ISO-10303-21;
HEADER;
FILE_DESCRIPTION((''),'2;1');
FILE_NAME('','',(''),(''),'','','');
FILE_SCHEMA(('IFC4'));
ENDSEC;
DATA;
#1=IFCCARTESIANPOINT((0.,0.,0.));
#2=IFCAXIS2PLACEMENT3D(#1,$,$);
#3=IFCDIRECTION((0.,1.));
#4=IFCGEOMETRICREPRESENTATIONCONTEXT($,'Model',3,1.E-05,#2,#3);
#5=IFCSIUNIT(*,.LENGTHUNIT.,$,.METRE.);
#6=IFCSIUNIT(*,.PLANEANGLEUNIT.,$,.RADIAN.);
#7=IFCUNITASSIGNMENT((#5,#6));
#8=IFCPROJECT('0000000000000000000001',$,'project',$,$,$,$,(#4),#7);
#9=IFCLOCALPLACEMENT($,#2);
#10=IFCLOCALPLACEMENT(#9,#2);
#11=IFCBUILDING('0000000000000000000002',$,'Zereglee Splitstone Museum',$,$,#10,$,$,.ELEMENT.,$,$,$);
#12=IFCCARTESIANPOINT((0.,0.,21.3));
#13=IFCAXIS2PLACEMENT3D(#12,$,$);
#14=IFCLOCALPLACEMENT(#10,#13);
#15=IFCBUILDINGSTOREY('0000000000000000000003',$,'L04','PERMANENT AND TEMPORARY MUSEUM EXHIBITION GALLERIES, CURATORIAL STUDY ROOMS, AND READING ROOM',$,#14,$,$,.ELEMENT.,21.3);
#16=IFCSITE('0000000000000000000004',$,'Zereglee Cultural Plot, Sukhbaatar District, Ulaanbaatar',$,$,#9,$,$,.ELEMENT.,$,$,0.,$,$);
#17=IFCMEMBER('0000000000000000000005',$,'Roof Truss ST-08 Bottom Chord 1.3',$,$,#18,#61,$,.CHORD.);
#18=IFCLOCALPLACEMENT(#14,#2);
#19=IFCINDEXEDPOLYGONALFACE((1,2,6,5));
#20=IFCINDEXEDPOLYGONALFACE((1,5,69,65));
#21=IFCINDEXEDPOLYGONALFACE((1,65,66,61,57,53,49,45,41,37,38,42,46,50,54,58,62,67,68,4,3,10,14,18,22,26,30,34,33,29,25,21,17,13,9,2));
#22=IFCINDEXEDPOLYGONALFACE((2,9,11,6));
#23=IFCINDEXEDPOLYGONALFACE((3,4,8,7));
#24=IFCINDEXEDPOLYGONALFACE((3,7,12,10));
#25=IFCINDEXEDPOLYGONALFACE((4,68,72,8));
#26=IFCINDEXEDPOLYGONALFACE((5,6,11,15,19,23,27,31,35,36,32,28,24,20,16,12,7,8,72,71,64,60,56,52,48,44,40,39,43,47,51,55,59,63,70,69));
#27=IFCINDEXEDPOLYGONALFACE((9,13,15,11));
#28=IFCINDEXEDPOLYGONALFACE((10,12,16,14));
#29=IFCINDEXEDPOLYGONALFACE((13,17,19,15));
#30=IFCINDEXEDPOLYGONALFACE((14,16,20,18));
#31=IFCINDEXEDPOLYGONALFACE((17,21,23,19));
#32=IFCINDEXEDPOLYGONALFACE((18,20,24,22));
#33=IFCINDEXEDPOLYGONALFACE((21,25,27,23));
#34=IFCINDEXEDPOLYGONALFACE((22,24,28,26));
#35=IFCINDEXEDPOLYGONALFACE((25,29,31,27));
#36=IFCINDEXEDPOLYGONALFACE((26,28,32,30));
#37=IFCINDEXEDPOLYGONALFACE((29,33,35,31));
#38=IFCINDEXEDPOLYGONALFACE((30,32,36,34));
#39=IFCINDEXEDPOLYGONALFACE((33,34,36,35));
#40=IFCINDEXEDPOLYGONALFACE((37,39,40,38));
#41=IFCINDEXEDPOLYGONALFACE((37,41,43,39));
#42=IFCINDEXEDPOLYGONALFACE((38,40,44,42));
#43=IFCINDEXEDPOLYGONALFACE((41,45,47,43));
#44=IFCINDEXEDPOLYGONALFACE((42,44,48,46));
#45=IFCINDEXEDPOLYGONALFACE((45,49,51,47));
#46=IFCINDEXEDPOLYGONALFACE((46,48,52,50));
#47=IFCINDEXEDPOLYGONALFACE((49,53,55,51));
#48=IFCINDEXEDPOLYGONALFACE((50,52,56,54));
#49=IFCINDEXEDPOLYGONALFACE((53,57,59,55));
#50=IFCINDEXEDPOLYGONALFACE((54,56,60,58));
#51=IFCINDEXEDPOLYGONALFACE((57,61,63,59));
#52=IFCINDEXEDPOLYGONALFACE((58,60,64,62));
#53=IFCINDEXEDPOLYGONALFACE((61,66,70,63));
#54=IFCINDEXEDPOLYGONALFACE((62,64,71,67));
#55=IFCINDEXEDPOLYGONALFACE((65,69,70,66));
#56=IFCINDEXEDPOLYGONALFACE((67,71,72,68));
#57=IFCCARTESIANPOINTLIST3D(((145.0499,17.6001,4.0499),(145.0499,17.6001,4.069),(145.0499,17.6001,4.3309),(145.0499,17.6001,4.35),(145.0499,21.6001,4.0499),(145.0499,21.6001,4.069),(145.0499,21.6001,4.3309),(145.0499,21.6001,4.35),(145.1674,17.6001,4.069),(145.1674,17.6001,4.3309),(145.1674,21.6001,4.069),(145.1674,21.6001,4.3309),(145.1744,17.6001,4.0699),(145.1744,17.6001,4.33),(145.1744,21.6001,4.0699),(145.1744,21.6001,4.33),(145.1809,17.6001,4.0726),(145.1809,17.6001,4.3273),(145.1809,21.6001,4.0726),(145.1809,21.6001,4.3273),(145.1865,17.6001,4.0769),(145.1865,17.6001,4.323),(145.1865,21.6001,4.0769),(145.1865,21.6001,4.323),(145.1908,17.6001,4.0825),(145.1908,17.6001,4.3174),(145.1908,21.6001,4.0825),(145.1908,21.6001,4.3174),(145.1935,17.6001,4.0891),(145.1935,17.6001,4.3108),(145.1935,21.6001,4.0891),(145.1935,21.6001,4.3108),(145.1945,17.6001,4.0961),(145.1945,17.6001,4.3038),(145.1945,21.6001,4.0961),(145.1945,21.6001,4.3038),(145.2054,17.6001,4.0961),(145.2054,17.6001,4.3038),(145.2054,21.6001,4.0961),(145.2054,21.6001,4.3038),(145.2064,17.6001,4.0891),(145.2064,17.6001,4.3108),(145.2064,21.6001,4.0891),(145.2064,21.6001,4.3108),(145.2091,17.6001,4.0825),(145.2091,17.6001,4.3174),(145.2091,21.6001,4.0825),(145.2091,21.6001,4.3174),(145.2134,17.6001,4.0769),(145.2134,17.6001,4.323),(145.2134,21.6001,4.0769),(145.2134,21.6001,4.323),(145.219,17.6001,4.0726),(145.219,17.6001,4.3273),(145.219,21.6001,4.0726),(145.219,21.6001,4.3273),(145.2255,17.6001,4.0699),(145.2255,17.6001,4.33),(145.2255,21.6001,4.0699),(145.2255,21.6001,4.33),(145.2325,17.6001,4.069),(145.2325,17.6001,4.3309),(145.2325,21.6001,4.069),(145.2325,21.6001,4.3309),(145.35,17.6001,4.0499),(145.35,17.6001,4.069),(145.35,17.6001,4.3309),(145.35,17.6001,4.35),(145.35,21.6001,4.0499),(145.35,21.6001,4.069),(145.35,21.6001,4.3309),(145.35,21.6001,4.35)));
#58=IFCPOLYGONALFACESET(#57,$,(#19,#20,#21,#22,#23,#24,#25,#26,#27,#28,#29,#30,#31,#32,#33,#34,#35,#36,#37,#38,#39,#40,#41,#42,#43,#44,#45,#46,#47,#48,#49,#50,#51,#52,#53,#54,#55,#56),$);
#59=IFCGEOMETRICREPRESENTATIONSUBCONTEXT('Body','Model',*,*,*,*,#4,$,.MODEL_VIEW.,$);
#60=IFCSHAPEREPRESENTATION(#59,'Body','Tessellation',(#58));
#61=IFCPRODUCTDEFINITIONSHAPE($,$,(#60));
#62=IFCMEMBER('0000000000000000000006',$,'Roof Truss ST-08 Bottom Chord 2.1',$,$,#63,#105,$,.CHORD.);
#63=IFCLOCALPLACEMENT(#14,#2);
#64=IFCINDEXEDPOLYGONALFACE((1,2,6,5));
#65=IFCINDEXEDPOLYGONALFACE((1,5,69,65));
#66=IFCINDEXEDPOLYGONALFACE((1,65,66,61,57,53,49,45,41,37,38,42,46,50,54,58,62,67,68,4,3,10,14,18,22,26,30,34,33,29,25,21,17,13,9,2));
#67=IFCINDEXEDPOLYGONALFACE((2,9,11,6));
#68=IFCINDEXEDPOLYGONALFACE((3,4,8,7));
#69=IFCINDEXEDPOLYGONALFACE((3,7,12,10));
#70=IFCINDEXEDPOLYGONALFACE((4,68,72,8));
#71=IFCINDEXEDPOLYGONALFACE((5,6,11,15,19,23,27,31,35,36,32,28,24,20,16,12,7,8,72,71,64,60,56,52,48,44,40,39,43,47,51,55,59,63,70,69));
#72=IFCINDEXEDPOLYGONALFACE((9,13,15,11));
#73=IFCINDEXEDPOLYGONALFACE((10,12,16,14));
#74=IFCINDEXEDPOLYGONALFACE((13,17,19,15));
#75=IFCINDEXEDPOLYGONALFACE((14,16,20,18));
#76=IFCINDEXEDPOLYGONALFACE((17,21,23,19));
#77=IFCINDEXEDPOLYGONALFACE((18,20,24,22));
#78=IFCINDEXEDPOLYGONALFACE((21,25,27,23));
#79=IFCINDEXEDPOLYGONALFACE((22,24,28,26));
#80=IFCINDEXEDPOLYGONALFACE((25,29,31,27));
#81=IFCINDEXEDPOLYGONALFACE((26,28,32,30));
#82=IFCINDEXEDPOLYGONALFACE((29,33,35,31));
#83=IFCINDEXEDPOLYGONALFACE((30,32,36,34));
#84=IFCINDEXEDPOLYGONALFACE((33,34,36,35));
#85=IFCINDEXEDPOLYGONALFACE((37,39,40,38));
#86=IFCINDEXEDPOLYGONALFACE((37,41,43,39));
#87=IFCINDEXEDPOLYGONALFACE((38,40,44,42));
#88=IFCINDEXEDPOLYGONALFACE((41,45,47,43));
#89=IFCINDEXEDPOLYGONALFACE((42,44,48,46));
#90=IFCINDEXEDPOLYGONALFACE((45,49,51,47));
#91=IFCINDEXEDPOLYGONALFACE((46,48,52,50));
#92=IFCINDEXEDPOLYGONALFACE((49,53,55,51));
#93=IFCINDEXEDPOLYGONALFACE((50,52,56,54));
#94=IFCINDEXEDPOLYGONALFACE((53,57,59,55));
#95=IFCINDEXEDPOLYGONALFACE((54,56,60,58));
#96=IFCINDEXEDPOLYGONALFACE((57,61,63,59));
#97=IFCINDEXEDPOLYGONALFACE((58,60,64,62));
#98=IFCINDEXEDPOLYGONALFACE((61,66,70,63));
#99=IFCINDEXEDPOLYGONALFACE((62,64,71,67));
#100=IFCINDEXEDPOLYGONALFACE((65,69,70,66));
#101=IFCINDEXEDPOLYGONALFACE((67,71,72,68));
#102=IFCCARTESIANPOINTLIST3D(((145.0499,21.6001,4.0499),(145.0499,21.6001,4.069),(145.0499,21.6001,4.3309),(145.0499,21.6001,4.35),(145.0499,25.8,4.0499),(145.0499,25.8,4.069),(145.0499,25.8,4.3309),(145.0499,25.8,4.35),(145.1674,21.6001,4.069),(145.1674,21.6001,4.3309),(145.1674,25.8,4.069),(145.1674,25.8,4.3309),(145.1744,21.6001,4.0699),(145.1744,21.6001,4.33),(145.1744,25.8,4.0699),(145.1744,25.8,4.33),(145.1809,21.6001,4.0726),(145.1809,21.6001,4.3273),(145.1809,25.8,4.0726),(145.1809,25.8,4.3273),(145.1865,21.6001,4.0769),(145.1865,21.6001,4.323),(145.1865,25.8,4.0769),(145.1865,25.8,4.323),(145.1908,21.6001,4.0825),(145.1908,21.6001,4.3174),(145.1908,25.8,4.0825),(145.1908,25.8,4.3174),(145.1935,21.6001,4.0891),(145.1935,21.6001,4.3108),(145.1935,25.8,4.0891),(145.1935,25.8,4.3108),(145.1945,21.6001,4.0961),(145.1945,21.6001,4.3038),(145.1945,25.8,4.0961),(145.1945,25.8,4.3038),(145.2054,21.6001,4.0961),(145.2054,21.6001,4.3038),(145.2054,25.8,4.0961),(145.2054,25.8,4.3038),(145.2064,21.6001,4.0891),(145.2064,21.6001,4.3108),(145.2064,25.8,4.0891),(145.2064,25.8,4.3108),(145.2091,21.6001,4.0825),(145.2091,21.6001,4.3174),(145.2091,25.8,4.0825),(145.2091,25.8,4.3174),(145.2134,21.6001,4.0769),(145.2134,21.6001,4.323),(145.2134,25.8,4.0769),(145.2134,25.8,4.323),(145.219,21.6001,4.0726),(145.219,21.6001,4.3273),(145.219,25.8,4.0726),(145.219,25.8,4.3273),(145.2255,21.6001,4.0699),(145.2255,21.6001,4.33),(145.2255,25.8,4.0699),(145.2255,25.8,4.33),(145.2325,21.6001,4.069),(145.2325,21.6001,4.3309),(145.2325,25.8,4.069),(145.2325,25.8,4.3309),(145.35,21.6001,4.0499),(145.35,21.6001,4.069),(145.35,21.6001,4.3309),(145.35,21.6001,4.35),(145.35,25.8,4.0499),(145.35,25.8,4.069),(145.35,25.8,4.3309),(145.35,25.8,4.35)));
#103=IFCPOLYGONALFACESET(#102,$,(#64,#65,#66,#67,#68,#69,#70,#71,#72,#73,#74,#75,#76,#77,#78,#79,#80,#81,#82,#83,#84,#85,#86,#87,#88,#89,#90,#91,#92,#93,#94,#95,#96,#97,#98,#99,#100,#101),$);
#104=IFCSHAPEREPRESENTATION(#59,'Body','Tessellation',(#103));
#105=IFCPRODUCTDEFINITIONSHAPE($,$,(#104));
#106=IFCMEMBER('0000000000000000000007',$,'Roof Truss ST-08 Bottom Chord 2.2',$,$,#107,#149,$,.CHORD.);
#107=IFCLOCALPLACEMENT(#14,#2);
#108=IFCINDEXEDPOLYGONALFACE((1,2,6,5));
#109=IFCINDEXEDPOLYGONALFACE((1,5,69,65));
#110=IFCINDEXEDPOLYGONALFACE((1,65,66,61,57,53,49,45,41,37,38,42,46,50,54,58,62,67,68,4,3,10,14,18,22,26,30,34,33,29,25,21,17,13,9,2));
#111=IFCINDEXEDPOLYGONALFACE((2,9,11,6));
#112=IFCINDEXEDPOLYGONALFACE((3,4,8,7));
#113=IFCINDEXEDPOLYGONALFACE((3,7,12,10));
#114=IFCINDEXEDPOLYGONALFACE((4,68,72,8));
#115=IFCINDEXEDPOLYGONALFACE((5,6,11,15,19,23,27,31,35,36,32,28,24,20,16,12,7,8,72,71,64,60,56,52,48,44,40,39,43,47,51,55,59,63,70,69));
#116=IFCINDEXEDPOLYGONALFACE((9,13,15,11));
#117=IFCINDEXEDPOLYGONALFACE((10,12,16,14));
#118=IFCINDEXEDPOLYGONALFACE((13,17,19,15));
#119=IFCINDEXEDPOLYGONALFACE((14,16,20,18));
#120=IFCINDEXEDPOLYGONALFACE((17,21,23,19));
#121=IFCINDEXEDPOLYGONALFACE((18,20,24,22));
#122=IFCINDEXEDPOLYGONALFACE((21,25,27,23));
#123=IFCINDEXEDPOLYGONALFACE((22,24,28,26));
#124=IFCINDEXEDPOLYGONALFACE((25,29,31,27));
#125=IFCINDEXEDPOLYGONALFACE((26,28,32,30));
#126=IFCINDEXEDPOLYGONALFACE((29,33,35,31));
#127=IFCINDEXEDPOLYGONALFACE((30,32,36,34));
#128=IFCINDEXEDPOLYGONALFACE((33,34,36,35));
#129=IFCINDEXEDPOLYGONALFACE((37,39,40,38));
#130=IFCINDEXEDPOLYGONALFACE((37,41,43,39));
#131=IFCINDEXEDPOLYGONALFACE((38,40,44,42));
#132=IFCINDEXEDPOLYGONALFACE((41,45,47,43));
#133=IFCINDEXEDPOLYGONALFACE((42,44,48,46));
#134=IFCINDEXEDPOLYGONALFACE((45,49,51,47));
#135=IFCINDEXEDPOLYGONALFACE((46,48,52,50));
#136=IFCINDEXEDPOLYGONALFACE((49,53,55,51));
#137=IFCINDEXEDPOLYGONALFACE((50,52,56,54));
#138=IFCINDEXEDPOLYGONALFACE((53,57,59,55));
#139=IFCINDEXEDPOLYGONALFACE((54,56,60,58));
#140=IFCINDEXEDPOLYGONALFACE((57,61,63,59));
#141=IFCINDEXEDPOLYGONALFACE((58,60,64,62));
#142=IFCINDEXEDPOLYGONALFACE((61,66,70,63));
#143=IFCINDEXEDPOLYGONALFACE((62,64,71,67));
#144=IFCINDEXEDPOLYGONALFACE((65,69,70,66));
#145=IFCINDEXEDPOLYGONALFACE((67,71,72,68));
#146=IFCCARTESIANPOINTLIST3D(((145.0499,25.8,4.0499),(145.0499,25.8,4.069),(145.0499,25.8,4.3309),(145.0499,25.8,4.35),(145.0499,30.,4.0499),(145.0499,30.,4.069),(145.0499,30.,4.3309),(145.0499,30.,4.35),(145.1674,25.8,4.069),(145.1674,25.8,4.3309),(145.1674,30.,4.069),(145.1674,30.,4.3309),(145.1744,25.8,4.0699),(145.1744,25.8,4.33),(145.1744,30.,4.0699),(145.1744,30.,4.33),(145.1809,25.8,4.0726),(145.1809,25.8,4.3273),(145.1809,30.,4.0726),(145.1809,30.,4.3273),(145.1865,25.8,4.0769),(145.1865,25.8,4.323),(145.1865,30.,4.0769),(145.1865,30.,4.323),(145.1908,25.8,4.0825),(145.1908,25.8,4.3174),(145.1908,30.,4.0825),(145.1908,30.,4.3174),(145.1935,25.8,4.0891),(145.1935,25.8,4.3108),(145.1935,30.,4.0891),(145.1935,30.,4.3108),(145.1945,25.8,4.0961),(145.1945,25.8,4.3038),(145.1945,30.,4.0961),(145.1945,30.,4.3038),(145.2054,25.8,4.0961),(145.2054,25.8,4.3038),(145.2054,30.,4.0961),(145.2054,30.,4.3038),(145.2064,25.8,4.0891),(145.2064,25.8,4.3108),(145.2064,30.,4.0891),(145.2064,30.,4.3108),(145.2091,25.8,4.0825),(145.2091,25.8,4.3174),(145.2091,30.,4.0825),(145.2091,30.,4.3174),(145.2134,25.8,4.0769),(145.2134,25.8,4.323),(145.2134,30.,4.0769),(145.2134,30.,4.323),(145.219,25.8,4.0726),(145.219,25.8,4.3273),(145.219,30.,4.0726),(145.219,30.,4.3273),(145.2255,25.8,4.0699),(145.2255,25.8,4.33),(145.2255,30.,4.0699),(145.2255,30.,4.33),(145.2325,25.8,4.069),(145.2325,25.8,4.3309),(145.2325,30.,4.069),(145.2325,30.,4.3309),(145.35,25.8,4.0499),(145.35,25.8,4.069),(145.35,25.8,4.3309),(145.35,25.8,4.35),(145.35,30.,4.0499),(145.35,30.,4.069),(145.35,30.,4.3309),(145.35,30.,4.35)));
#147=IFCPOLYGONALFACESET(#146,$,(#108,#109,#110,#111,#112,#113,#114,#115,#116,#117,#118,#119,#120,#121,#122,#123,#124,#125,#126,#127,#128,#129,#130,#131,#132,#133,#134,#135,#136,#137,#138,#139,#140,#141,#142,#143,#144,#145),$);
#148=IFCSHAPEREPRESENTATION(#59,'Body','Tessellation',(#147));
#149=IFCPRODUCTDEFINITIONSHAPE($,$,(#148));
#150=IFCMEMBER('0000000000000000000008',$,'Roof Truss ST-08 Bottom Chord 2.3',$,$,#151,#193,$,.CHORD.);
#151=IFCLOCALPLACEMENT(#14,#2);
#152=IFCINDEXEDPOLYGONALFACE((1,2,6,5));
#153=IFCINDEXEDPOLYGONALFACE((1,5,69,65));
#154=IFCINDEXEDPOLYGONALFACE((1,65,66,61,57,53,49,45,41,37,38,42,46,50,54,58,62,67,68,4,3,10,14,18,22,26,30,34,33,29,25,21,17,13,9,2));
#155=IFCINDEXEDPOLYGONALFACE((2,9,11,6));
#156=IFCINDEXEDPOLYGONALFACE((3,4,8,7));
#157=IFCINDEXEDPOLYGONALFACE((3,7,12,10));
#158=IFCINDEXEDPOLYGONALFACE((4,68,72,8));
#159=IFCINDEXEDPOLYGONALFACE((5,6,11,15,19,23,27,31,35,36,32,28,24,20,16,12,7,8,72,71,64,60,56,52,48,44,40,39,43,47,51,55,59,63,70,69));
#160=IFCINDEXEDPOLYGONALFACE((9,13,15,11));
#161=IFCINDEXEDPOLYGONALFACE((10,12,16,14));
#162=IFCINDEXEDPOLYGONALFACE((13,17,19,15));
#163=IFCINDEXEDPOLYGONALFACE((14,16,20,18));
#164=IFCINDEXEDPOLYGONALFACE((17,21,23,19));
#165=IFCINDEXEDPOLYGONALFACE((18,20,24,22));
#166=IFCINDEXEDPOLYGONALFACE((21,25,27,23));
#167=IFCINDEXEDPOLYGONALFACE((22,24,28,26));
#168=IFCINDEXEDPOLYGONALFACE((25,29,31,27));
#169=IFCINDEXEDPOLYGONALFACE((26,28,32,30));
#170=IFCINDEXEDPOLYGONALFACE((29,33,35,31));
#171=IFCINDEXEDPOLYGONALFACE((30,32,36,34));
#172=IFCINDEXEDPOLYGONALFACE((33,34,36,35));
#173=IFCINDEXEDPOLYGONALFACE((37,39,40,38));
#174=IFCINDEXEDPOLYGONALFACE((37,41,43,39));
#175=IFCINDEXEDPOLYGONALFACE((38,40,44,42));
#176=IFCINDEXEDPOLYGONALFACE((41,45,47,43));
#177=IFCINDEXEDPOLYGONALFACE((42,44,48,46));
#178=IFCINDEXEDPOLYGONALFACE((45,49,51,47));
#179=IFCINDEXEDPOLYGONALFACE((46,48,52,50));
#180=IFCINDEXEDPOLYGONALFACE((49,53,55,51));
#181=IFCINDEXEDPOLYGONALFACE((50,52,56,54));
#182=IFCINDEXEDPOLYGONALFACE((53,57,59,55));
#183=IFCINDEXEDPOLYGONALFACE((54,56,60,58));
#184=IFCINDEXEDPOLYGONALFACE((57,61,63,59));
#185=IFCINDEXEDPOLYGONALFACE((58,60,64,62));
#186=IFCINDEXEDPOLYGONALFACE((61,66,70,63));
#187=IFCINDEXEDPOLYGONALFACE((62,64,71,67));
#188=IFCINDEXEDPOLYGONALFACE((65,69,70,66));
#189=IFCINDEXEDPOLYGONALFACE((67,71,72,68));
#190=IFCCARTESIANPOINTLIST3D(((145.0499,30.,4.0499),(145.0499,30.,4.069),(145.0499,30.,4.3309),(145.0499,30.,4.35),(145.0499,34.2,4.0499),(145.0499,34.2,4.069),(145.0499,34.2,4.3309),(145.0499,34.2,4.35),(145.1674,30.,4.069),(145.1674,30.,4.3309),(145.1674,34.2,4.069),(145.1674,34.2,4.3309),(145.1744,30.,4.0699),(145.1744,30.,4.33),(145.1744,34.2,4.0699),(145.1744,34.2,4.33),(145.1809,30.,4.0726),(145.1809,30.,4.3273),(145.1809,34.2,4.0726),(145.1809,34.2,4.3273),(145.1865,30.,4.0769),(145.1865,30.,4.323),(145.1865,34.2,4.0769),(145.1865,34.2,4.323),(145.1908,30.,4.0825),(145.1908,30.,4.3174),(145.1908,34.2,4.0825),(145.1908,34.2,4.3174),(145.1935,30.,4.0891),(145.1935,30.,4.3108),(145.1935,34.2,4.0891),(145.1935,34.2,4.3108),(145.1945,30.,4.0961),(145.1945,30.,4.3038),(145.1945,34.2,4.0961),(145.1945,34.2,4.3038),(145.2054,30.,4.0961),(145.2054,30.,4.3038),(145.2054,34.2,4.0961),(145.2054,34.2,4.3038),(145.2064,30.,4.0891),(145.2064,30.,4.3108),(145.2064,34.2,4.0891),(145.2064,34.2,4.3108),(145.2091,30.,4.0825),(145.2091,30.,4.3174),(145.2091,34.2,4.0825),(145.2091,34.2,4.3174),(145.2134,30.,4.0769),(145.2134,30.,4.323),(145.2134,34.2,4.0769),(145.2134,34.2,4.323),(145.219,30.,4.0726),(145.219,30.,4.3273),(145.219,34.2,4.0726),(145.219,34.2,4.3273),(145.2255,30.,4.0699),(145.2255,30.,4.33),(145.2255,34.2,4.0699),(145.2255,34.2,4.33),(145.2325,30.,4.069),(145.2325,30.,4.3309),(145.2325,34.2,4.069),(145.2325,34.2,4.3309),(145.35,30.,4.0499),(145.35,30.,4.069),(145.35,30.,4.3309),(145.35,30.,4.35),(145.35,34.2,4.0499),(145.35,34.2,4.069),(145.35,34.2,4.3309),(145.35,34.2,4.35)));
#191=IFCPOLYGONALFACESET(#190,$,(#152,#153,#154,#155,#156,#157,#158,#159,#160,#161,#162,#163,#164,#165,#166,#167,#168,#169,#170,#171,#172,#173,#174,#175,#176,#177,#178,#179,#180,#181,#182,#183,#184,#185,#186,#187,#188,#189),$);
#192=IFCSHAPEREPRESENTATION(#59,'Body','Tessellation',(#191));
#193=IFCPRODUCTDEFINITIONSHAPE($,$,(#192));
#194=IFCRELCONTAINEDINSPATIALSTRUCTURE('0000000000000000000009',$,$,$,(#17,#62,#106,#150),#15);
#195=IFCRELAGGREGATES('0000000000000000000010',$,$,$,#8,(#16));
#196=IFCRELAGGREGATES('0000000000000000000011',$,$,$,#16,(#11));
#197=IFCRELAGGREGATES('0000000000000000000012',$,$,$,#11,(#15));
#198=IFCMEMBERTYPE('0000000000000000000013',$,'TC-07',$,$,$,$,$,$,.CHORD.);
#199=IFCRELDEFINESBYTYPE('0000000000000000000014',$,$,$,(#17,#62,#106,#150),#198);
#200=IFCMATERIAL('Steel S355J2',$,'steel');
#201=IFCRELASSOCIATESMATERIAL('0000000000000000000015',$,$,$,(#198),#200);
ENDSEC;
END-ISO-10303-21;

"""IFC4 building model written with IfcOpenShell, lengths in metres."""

from ifc_helpers import new_model, si_unit, direction, frame, origin, origin_2d, place, context, subcontext, project, spatial, i_section, extrude, material, material_profile, profile_set, type_object, element, save


model = new_model("IFC4")

# Units and contexts
model_context = context("Model", 3, precision=1e-05, world=origin(), true_north=direction((0.0, 1.0)))
body_context = subcontext(model_context, "Body", "Model", "MODEL_VIEW")
ifc_project = project(units=[si_unit("LENGTHUNIT", "METRE"), si_unit("PLANEANGLEUNIT", "RADIAN")], contexts=[model_context])

# Site, building, storey
site_placement = place(None, origin())
site = spatial("IfcSite", under=ifc_project, at=site_placement, Name="Zereglee Cultural Plot, Sukhbaatar District, Ulaanbaatar", CompositionType="ELEMENT", RefElevation=0.0)
building_placement = place(site_placement, origin())
building = spatial("IfcBuilding", under=site, at=building_placement, Name="Zereglee Splitstone Museum", CompositionType="ELEMENT")
storey_placement = place(building_placement, frame((0.0, 0.0, 21.3)))
storey = spatial("IfcBuildingStorey", under=building, at=storey_placement, Name="L04", Description="PERMANENT AND TEMPORARY MUSEUM EXHIBITION GALLERIES, CURATORIAL STUDY ROOMS, AND READING ROOM", CompositionType="ELEMENT", Elevation=21.3)

# Shared definitions
ifc_material_1 = material(Name="Steel S355J2", Category="steel")

# Members
ifc_material_profile_1 = material_profile(ifc_material_1, i_section(OverallWidth=0.3, OverallDepth=0.3, WebThickness=0.011, FlangeThickness=0.019, FilletRadius=0.0271, at=origin_2d()), Name="HE 300 B")
ifc_profile_set_1 = profile_set([ifc_material_profile_1], Name="Steel S355J2")
member_type_1 = type_object("IfcMemberType", Name="TC-07", PredefinedType="CHORD", material=ifc_profile_set_1)
member_1_placement = place(storey_placement, frame((145.2, 17.6001, 4.2), z_axis=(0.0, 1.0, 0.0), x_axis=(-1.0, 0.0, 0.0)))
element("IfcMember", 1, at=member_1_placement, inside=storey, type_object=member_type_1, Name="Roof Truss ST-08 Bottom Chord 1.3", PredefinedType="CHORD", context=body_context, shape_type="SweptSolid", body=[
    extrude(i_section(OverallWidth=0.3, OverallDepth=0.3, WebThickness=0.011, FlangeThickness=0.019, FilletRadius=0.0271, at=origin_2d()), origin(), (0.0, 0.0, 1.0), 4.0),
])
for number, where, z_axis, x_axis, name in (
    (2, (145.2, 21.6001, 4.2), (0.0, 1.0, 0.0), (-1.0, 0.0, 0.0), "Roof Truss ST-08 Bottom Chord 2.1"),
    (3, (145.2, 25.8, 4.2), (0.0, 1.0, 0.0), (-1.0, 0.0, 0.0), "Roof Truss ST-08 Bottom Chord 2.2"),
    (4, (145.2, 30.0, 4.2), (0.0, 1.0, 0.0), (-1.0, 0.0, 0.0), "Roof Truss ST-08 Bottom Chord 2.3"),
):
    element("IfcMember", number, at=place(storey_placement, frame(where, z_axis=z_axis, x_axis=x_axis)), inside=storey, type_object=member_type_1, Name=name, PredefinedType="CHORD", context=body_context, shape_type="SweptSolid", body=[
        extrude(i_section(OverallWidth=0.3, OverallDepth=0.3, WebThickness=0.011, FlangeThickness=0.019, FilletRadius=0.0271, at=origin_2d()), origin(), (0.0, 0.0, 1.0), 4.2),
    ])

save(model, "model.ifc")
